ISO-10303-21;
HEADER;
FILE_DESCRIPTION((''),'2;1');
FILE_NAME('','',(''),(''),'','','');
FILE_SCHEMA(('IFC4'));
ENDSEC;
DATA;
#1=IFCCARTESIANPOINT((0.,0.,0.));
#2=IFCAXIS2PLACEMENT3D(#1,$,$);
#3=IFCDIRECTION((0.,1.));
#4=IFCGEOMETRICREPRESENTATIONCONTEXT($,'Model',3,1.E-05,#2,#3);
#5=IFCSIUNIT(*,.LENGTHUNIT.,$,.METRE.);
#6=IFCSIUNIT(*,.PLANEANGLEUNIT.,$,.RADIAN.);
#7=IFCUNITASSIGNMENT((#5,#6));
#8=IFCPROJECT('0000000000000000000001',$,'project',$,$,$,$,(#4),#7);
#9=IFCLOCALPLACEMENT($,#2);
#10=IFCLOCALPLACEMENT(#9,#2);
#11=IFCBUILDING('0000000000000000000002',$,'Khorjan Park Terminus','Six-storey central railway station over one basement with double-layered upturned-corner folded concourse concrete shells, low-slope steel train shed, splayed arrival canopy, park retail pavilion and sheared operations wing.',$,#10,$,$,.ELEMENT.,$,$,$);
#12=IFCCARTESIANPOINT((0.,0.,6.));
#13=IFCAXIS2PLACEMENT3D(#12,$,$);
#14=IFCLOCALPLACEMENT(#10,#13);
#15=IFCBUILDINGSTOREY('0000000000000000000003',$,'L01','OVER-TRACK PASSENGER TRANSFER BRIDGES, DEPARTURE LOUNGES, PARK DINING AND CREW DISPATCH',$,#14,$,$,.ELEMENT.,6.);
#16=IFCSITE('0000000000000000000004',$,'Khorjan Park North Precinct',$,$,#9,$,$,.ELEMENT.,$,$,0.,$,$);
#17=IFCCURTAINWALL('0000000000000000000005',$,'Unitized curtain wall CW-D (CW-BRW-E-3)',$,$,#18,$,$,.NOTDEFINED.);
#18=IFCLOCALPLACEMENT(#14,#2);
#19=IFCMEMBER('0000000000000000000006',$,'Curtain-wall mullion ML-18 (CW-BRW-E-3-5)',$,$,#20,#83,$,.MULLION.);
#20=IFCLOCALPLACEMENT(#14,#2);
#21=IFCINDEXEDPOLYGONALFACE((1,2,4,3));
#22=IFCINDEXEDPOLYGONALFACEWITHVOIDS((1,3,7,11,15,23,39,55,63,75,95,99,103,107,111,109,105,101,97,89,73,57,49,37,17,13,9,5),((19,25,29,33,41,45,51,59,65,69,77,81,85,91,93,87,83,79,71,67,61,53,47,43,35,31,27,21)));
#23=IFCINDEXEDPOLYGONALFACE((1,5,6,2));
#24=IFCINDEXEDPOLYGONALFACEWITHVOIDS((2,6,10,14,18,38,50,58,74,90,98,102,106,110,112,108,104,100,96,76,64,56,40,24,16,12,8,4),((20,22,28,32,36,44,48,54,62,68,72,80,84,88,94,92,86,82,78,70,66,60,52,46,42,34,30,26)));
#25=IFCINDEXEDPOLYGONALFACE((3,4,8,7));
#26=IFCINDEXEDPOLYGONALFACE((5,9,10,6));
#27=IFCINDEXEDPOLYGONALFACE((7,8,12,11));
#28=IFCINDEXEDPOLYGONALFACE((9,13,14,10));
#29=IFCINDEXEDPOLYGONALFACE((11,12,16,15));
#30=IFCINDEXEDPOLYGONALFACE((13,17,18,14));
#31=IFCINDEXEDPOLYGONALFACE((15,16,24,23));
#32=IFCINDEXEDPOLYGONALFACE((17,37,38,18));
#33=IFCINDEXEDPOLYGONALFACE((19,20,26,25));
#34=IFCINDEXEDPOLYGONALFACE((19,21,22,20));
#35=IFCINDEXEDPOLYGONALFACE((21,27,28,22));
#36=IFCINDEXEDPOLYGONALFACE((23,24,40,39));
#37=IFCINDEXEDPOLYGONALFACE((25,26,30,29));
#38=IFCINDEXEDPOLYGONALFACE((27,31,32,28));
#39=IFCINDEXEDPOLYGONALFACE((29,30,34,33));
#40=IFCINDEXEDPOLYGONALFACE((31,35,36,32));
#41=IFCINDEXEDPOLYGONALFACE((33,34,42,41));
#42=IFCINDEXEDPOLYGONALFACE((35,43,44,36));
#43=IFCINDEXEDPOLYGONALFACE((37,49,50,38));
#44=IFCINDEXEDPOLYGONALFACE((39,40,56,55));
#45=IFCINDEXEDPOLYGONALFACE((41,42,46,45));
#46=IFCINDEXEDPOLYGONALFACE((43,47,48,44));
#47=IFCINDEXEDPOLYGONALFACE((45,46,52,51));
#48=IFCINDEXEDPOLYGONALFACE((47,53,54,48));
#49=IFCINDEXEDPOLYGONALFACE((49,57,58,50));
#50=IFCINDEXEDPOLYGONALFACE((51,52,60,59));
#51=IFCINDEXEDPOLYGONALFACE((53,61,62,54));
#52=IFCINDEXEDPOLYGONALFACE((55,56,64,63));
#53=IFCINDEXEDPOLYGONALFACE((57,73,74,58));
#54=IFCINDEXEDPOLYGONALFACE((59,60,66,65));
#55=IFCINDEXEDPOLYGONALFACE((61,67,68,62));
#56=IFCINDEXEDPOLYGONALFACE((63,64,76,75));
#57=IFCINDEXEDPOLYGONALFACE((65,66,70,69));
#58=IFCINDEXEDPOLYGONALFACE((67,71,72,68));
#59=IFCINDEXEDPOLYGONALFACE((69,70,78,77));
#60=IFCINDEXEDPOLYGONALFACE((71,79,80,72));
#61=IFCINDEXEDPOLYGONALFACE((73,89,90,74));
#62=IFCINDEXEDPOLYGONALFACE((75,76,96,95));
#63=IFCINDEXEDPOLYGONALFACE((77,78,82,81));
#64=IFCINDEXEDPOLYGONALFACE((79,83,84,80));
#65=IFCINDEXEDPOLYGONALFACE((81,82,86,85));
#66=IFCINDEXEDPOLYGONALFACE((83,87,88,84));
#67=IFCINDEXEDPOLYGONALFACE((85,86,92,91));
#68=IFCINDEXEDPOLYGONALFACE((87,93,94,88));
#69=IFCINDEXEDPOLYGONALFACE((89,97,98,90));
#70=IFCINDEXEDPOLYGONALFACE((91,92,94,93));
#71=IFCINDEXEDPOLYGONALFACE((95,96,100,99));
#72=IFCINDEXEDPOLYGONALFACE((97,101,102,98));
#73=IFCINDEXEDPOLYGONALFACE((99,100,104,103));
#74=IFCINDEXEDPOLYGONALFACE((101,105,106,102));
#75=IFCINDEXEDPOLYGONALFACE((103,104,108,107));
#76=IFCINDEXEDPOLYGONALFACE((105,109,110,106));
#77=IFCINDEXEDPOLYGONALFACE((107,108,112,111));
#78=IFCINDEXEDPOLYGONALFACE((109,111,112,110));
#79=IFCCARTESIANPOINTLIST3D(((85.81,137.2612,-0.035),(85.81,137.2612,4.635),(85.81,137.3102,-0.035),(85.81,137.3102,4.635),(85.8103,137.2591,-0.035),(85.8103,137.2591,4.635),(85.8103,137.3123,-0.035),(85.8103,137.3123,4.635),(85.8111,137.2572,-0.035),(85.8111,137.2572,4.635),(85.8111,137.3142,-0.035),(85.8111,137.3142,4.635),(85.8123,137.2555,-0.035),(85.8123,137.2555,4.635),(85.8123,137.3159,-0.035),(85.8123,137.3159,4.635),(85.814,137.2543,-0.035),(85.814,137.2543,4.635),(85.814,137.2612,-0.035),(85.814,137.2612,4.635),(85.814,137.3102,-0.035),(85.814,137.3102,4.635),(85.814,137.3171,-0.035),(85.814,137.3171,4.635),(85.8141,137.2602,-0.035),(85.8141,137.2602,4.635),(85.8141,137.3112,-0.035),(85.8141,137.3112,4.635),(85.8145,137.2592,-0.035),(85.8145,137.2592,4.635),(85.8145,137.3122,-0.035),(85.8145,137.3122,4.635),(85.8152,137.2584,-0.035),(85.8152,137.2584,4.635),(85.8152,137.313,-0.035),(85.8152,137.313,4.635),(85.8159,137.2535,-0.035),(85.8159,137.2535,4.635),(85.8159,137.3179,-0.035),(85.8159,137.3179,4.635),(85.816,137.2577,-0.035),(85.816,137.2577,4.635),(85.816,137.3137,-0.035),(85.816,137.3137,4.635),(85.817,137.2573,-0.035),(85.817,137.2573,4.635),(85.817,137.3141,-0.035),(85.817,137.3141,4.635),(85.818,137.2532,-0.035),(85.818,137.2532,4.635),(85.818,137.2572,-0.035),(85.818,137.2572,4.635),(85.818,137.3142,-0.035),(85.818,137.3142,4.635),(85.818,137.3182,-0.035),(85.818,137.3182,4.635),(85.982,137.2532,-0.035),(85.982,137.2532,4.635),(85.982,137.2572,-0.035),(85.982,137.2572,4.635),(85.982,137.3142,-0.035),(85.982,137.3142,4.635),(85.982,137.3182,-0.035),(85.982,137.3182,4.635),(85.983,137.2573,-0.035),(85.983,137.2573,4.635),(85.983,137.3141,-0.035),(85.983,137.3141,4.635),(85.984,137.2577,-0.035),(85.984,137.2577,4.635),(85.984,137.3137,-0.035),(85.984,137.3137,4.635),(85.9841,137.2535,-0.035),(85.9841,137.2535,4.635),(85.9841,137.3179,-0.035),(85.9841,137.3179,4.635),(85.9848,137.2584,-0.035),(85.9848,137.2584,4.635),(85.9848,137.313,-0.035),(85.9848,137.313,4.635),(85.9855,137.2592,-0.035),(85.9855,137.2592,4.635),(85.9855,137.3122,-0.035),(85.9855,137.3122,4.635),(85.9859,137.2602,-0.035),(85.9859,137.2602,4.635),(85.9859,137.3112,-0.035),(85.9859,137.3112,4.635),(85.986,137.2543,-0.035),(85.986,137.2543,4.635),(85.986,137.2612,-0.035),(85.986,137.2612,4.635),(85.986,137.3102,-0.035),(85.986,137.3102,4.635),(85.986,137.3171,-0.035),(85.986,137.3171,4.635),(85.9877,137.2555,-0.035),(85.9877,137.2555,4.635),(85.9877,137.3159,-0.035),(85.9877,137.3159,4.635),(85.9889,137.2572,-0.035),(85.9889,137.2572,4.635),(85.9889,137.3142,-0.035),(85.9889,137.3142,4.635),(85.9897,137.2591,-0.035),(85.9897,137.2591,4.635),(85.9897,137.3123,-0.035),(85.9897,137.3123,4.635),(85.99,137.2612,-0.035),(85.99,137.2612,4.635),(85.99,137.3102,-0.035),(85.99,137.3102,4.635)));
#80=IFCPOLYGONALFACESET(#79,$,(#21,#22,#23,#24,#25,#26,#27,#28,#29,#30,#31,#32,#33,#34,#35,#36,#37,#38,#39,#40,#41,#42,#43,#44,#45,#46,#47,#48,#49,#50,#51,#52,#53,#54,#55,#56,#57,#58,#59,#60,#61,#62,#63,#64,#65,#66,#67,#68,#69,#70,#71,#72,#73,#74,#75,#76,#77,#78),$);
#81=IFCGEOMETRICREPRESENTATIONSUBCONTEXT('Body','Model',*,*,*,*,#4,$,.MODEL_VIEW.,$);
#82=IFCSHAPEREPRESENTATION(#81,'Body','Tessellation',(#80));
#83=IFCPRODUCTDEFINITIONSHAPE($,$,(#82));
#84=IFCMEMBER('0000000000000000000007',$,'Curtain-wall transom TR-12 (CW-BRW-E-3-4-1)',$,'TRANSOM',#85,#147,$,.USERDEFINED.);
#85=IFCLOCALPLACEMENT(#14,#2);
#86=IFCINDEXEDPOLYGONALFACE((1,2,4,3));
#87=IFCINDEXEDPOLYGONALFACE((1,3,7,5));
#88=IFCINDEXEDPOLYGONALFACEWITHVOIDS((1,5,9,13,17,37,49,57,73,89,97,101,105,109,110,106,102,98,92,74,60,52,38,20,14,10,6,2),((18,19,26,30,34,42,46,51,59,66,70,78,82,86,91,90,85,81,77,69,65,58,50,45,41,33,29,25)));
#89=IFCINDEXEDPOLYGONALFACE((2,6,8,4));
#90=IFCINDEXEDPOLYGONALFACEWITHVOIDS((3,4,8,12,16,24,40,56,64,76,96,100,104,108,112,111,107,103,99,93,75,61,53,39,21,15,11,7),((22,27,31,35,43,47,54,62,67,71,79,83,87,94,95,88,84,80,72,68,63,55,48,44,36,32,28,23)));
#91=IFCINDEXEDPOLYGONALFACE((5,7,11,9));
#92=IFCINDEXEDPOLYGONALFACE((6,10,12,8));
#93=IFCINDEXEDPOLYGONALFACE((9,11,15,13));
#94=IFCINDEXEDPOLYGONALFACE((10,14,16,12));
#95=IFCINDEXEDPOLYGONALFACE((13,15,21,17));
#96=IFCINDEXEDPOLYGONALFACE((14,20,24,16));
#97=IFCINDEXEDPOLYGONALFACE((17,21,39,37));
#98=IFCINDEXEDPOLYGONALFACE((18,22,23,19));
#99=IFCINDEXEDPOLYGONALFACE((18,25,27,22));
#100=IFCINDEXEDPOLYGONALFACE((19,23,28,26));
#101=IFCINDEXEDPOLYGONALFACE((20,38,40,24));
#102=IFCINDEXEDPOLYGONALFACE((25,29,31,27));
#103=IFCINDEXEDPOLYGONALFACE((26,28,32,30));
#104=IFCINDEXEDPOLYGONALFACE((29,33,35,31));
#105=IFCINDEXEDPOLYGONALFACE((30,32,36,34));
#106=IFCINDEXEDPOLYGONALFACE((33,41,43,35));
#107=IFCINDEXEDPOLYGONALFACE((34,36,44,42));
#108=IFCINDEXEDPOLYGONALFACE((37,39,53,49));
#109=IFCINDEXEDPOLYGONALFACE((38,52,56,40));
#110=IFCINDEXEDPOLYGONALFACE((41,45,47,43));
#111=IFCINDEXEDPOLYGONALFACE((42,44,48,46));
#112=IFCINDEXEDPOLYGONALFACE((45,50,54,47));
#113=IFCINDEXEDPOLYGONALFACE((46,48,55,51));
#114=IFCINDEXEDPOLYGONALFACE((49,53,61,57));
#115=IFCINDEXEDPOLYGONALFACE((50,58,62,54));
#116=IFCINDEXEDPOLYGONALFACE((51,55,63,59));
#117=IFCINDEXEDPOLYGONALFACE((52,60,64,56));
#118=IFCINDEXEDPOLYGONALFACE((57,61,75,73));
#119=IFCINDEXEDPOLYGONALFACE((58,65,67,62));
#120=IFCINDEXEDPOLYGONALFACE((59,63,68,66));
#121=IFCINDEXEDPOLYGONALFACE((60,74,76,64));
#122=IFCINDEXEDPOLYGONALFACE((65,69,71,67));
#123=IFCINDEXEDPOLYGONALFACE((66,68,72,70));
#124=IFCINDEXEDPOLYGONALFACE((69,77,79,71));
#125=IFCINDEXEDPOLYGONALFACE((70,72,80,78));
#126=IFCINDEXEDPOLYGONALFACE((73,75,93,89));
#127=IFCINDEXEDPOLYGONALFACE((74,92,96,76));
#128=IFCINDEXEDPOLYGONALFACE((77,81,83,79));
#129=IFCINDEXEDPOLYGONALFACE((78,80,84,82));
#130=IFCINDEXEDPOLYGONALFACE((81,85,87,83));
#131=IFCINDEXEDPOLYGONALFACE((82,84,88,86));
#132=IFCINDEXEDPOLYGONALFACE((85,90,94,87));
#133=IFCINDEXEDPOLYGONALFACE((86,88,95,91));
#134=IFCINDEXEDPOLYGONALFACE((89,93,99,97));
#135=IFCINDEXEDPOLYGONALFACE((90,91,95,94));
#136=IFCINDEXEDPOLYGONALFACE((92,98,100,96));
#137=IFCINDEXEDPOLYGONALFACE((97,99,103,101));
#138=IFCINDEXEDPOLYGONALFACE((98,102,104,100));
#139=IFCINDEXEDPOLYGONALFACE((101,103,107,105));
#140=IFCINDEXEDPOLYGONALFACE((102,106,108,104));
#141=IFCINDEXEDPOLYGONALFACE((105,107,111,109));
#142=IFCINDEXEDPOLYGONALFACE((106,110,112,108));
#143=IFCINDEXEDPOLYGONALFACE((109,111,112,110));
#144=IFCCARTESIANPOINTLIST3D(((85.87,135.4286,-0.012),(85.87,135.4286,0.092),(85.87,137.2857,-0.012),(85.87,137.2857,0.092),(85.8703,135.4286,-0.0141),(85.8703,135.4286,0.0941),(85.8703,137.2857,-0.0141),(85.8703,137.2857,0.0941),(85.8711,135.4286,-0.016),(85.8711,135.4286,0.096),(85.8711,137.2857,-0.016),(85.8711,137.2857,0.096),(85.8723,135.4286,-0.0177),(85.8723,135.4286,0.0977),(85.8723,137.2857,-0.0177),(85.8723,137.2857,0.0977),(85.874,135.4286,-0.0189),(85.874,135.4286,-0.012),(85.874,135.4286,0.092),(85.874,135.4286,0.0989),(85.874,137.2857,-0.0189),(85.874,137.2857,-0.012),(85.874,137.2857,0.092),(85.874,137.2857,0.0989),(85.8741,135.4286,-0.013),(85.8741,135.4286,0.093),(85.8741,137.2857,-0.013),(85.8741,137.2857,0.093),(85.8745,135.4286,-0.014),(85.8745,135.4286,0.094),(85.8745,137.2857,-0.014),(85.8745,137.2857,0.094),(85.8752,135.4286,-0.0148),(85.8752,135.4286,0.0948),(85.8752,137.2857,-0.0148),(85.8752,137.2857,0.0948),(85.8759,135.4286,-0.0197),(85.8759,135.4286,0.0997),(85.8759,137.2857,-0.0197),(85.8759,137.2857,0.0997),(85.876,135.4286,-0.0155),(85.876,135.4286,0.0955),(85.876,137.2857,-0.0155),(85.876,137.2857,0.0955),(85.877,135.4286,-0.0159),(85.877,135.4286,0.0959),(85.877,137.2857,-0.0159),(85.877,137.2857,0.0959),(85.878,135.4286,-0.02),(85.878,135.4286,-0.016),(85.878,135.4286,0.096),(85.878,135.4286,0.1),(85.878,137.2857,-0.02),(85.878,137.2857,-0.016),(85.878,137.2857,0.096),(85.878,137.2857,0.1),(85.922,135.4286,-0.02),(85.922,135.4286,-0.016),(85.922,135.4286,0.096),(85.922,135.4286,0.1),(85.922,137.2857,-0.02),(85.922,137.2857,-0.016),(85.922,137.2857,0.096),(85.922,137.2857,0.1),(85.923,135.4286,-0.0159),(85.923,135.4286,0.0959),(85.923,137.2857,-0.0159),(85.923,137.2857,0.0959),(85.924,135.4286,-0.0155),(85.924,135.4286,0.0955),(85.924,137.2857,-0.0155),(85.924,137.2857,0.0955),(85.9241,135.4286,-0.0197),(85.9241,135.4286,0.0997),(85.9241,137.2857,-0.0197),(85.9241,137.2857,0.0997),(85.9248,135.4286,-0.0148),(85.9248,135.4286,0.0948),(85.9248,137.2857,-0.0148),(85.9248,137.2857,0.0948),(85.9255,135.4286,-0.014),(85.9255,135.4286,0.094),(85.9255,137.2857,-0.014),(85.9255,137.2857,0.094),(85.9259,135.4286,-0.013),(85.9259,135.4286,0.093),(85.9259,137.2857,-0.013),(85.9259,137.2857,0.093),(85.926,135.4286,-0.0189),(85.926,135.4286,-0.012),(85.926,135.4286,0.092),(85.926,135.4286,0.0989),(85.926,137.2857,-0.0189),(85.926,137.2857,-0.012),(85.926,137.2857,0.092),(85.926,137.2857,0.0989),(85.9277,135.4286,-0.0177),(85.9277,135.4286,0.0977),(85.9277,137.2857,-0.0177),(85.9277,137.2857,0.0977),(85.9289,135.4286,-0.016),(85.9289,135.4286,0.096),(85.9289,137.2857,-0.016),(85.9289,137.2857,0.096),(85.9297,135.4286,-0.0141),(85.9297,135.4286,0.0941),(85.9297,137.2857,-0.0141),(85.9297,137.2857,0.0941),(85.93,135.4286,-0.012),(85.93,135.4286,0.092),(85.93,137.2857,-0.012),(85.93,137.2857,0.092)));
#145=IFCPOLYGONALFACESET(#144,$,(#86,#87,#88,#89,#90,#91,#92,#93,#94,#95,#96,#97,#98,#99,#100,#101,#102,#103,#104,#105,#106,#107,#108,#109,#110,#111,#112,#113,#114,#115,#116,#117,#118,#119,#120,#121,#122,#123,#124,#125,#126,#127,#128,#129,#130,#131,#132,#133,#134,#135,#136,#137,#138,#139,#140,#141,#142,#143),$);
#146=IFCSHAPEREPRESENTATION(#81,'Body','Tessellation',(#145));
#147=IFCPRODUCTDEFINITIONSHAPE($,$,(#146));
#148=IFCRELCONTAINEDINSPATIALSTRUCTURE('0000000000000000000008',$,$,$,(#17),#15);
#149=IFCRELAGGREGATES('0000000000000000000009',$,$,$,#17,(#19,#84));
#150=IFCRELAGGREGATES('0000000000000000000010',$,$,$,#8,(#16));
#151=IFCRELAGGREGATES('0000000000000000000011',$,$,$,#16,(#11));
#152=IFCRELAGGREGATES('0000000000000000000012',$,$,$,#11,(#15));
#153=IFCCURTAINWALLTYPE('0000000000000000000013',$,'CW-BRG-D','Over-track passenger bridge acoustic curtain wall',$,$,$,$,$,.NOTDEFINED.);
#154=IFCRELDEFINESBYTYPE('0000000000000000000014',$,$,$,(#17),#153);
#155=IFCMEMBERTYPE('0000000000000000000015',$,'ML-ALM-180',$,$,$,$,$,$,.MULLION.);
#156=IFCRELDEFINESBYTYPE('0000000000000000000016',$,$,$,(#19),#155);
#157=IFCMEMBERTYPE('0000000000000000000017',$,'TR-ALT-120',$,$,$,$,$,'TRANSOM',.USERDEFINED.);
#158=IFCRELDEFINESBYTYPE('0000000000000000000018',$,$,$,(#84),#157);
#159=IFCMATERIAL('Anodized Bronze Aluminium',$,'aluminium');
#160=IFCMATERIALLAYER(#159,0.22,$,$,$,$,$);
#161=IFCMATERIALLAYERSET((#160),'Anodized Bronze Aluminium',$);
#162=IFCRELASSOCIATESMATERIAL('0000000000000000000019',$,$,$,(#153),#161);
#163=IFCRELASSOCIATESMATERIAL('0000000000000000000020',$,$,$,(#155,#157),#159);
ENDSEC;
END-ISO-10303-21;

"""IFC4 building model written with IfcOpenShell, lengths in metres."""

from ifc_helpers import new_model, si_unit, direction, frame, origin, origin_2d, place, context, subcontext, project, spatial, hollow_rectangle, extrude, material, layer, layer_set, material_profile, profile_set, type_object, element, aggregate, save


model = new_model("IFC4")

# Units and contexts
model_context = context("Model", 3, precision=1e-05, world=origin(), true_north=direction((0.0, 1.0)))
body_context = subcontext(model_context, "Body", "Model", "MODEL_VIEW")
ifc_project = project(units=[si_unit("LENGTHUNIT", "METRE"), si_unit("PLANEANGLEUNIT", "RADIAN")], contexts=[model_context])

# Site, building, storey
site_placement = place(None, origin())
site = spatial("IfcSite", under=ifc_project, at=site_placement, Name="Khorjan Park North Precinct", CompositionType="ELEMENT", RefElevation=0.0)
building_placement = place(site_placement, origin())
building = spatial("IfcBuilding", under=site, at=building_placement, Name="Khorjan Park Terminus", Description="Six-storey central railway station over one basement with double-layered upturned-corner folded concourse concrete shells, low-slope steel train shed, splayed arrival canopy, park retail pavilion and sheared operations wing.", CompositionType="ELEMENT")
storey_placement = place(building_placement, frame((0.0, 0.0, 6.0)))
storey = spatial("IfcBuildingStorey", under=building, at=storey_placement, Name="L01", Description="OVER-TRACK PASSENGER TRANSFER BRIDGES, DEPARTURE LOUNGES, PARK DINING AND CREW DISPATCH", CompositionType="ELEMENT", Elevation=6.0)

# Curtain wall, members
ifc_material_1 = material(Name="Anodized Bronze Aluminium", Category="aluminium")
ifc_layer_1 = layer(ifc_material_1, 0.22)
ifc_layer_set_1 = layer_set([ifc_layer_1], Name="Anodized Bronze Aluminium")
curtain_wall_type = type_object("IfcCurtainWallType", Name="CW-BRG-D", Description="Over-track passenger bridge acoustic curtain wall", PredefinedType="NOTDEFINED", material=ifc_layer_set_1)
curtain_wall_1_placement = place(storey_placement, origin())
curtain_wall_1 = element("IfcCurtainWall", 1, at=curtain_wall_1_placement, inside=storey, type_object=curtain_wall_type, Name="Unitized curtain wall CW-D (CW-BRW-E-3)", PredefinedType="NOTDEFINED")
ifc_material_profile_1 = material_profile(ifc_material_1, hollow_rectangle(XDim=0.065, YDim=0.18, WallThickness=0.004, InnerFilletRadius=0.004, OuterFilletRadius=0.008, at=origin_2d()), Name="ALM 65x180x4")
ifc_profile_set_1 = profile_set([ifc_material_profile_1], Name="Anodized Bronze Aluminium")
member_type_1 = type_object("IfcMemberType", Name="ML-ALM-180", PredefinedType="MULLION", material=ifc_profile_set_1)
member_1_placement = place(storey_placement, frame((85.9, 137.2857, -0.035), z_axis=(0.0, 0.0, 1.0), x_axis=(0.0, 1.0, 0.0)))
member_1 = element("IfcMember", 2, at=member_1_placement, type_object=member_type_1, Name="Curtain-wall mullion ML-18 (CW-BRW-E-3-5)", PredefinedType="MULLION", context=body_context, shape_type="SweptSolid", body=[
    extrude(hollow_rectangle(XDim=0.065, YDim=0.18, WallThickness=0.004, InnerFilletRadius=0.004, OuterFilletRadius=0.008, at=origin_2d()), origin(), (0.0, 0.0, 1.0), 4.67),
])
ifc_material_profile_2 = material_profile(ifc_material_1, hollow_rectangle(XDim=0.06, YDim=0.12, WallThickness=0.004, InnerFilletRadius=0.004, OuterFilletRadius=0.008, at=origin_2d()), Name="ALT 60x120x4")
ifc_profile_set_2 = profile_set([ifc_material_profile_2], Name="Anodized Bronze Aluminium")
member_type_2 = type_object("IfcMemberType", Name="TR-ALT-120", ElementType="TRANSOM", PredefinedType="USERDEFINED", material=ifc_profile_set_2)
member_2_placement = place(storey_placement, frame((85.9, 135.4286, 0.04), z_axis=(0.0, 1.0, 0.0), x_axis=(-1.0, 0.0, 0.0)))
member_2 = element("IfcMember", 3, at=member_2_placement, type_object=member_type_2, Name="Curtain-wall transom TR-12 (CW-BRW-E-3-4-1)", ObjectType="TRANSOM", PredefinedType="USERDEFINED", context=body_context, shape_type="SweptSolid", body=[
    extrude(hollow_rectangle(XDim=0.06, YDim=0.12, WallThickness=0.004, InnerFilletRadius=0.004, OuterFilletRadius=0.008, at=origin_2d()), origin(), (0.0, 0.0, 1.0), 1.8571),
])

aggregate(curtain_wall_1, [member_1, member_2])

save(model, "model.ifc")
